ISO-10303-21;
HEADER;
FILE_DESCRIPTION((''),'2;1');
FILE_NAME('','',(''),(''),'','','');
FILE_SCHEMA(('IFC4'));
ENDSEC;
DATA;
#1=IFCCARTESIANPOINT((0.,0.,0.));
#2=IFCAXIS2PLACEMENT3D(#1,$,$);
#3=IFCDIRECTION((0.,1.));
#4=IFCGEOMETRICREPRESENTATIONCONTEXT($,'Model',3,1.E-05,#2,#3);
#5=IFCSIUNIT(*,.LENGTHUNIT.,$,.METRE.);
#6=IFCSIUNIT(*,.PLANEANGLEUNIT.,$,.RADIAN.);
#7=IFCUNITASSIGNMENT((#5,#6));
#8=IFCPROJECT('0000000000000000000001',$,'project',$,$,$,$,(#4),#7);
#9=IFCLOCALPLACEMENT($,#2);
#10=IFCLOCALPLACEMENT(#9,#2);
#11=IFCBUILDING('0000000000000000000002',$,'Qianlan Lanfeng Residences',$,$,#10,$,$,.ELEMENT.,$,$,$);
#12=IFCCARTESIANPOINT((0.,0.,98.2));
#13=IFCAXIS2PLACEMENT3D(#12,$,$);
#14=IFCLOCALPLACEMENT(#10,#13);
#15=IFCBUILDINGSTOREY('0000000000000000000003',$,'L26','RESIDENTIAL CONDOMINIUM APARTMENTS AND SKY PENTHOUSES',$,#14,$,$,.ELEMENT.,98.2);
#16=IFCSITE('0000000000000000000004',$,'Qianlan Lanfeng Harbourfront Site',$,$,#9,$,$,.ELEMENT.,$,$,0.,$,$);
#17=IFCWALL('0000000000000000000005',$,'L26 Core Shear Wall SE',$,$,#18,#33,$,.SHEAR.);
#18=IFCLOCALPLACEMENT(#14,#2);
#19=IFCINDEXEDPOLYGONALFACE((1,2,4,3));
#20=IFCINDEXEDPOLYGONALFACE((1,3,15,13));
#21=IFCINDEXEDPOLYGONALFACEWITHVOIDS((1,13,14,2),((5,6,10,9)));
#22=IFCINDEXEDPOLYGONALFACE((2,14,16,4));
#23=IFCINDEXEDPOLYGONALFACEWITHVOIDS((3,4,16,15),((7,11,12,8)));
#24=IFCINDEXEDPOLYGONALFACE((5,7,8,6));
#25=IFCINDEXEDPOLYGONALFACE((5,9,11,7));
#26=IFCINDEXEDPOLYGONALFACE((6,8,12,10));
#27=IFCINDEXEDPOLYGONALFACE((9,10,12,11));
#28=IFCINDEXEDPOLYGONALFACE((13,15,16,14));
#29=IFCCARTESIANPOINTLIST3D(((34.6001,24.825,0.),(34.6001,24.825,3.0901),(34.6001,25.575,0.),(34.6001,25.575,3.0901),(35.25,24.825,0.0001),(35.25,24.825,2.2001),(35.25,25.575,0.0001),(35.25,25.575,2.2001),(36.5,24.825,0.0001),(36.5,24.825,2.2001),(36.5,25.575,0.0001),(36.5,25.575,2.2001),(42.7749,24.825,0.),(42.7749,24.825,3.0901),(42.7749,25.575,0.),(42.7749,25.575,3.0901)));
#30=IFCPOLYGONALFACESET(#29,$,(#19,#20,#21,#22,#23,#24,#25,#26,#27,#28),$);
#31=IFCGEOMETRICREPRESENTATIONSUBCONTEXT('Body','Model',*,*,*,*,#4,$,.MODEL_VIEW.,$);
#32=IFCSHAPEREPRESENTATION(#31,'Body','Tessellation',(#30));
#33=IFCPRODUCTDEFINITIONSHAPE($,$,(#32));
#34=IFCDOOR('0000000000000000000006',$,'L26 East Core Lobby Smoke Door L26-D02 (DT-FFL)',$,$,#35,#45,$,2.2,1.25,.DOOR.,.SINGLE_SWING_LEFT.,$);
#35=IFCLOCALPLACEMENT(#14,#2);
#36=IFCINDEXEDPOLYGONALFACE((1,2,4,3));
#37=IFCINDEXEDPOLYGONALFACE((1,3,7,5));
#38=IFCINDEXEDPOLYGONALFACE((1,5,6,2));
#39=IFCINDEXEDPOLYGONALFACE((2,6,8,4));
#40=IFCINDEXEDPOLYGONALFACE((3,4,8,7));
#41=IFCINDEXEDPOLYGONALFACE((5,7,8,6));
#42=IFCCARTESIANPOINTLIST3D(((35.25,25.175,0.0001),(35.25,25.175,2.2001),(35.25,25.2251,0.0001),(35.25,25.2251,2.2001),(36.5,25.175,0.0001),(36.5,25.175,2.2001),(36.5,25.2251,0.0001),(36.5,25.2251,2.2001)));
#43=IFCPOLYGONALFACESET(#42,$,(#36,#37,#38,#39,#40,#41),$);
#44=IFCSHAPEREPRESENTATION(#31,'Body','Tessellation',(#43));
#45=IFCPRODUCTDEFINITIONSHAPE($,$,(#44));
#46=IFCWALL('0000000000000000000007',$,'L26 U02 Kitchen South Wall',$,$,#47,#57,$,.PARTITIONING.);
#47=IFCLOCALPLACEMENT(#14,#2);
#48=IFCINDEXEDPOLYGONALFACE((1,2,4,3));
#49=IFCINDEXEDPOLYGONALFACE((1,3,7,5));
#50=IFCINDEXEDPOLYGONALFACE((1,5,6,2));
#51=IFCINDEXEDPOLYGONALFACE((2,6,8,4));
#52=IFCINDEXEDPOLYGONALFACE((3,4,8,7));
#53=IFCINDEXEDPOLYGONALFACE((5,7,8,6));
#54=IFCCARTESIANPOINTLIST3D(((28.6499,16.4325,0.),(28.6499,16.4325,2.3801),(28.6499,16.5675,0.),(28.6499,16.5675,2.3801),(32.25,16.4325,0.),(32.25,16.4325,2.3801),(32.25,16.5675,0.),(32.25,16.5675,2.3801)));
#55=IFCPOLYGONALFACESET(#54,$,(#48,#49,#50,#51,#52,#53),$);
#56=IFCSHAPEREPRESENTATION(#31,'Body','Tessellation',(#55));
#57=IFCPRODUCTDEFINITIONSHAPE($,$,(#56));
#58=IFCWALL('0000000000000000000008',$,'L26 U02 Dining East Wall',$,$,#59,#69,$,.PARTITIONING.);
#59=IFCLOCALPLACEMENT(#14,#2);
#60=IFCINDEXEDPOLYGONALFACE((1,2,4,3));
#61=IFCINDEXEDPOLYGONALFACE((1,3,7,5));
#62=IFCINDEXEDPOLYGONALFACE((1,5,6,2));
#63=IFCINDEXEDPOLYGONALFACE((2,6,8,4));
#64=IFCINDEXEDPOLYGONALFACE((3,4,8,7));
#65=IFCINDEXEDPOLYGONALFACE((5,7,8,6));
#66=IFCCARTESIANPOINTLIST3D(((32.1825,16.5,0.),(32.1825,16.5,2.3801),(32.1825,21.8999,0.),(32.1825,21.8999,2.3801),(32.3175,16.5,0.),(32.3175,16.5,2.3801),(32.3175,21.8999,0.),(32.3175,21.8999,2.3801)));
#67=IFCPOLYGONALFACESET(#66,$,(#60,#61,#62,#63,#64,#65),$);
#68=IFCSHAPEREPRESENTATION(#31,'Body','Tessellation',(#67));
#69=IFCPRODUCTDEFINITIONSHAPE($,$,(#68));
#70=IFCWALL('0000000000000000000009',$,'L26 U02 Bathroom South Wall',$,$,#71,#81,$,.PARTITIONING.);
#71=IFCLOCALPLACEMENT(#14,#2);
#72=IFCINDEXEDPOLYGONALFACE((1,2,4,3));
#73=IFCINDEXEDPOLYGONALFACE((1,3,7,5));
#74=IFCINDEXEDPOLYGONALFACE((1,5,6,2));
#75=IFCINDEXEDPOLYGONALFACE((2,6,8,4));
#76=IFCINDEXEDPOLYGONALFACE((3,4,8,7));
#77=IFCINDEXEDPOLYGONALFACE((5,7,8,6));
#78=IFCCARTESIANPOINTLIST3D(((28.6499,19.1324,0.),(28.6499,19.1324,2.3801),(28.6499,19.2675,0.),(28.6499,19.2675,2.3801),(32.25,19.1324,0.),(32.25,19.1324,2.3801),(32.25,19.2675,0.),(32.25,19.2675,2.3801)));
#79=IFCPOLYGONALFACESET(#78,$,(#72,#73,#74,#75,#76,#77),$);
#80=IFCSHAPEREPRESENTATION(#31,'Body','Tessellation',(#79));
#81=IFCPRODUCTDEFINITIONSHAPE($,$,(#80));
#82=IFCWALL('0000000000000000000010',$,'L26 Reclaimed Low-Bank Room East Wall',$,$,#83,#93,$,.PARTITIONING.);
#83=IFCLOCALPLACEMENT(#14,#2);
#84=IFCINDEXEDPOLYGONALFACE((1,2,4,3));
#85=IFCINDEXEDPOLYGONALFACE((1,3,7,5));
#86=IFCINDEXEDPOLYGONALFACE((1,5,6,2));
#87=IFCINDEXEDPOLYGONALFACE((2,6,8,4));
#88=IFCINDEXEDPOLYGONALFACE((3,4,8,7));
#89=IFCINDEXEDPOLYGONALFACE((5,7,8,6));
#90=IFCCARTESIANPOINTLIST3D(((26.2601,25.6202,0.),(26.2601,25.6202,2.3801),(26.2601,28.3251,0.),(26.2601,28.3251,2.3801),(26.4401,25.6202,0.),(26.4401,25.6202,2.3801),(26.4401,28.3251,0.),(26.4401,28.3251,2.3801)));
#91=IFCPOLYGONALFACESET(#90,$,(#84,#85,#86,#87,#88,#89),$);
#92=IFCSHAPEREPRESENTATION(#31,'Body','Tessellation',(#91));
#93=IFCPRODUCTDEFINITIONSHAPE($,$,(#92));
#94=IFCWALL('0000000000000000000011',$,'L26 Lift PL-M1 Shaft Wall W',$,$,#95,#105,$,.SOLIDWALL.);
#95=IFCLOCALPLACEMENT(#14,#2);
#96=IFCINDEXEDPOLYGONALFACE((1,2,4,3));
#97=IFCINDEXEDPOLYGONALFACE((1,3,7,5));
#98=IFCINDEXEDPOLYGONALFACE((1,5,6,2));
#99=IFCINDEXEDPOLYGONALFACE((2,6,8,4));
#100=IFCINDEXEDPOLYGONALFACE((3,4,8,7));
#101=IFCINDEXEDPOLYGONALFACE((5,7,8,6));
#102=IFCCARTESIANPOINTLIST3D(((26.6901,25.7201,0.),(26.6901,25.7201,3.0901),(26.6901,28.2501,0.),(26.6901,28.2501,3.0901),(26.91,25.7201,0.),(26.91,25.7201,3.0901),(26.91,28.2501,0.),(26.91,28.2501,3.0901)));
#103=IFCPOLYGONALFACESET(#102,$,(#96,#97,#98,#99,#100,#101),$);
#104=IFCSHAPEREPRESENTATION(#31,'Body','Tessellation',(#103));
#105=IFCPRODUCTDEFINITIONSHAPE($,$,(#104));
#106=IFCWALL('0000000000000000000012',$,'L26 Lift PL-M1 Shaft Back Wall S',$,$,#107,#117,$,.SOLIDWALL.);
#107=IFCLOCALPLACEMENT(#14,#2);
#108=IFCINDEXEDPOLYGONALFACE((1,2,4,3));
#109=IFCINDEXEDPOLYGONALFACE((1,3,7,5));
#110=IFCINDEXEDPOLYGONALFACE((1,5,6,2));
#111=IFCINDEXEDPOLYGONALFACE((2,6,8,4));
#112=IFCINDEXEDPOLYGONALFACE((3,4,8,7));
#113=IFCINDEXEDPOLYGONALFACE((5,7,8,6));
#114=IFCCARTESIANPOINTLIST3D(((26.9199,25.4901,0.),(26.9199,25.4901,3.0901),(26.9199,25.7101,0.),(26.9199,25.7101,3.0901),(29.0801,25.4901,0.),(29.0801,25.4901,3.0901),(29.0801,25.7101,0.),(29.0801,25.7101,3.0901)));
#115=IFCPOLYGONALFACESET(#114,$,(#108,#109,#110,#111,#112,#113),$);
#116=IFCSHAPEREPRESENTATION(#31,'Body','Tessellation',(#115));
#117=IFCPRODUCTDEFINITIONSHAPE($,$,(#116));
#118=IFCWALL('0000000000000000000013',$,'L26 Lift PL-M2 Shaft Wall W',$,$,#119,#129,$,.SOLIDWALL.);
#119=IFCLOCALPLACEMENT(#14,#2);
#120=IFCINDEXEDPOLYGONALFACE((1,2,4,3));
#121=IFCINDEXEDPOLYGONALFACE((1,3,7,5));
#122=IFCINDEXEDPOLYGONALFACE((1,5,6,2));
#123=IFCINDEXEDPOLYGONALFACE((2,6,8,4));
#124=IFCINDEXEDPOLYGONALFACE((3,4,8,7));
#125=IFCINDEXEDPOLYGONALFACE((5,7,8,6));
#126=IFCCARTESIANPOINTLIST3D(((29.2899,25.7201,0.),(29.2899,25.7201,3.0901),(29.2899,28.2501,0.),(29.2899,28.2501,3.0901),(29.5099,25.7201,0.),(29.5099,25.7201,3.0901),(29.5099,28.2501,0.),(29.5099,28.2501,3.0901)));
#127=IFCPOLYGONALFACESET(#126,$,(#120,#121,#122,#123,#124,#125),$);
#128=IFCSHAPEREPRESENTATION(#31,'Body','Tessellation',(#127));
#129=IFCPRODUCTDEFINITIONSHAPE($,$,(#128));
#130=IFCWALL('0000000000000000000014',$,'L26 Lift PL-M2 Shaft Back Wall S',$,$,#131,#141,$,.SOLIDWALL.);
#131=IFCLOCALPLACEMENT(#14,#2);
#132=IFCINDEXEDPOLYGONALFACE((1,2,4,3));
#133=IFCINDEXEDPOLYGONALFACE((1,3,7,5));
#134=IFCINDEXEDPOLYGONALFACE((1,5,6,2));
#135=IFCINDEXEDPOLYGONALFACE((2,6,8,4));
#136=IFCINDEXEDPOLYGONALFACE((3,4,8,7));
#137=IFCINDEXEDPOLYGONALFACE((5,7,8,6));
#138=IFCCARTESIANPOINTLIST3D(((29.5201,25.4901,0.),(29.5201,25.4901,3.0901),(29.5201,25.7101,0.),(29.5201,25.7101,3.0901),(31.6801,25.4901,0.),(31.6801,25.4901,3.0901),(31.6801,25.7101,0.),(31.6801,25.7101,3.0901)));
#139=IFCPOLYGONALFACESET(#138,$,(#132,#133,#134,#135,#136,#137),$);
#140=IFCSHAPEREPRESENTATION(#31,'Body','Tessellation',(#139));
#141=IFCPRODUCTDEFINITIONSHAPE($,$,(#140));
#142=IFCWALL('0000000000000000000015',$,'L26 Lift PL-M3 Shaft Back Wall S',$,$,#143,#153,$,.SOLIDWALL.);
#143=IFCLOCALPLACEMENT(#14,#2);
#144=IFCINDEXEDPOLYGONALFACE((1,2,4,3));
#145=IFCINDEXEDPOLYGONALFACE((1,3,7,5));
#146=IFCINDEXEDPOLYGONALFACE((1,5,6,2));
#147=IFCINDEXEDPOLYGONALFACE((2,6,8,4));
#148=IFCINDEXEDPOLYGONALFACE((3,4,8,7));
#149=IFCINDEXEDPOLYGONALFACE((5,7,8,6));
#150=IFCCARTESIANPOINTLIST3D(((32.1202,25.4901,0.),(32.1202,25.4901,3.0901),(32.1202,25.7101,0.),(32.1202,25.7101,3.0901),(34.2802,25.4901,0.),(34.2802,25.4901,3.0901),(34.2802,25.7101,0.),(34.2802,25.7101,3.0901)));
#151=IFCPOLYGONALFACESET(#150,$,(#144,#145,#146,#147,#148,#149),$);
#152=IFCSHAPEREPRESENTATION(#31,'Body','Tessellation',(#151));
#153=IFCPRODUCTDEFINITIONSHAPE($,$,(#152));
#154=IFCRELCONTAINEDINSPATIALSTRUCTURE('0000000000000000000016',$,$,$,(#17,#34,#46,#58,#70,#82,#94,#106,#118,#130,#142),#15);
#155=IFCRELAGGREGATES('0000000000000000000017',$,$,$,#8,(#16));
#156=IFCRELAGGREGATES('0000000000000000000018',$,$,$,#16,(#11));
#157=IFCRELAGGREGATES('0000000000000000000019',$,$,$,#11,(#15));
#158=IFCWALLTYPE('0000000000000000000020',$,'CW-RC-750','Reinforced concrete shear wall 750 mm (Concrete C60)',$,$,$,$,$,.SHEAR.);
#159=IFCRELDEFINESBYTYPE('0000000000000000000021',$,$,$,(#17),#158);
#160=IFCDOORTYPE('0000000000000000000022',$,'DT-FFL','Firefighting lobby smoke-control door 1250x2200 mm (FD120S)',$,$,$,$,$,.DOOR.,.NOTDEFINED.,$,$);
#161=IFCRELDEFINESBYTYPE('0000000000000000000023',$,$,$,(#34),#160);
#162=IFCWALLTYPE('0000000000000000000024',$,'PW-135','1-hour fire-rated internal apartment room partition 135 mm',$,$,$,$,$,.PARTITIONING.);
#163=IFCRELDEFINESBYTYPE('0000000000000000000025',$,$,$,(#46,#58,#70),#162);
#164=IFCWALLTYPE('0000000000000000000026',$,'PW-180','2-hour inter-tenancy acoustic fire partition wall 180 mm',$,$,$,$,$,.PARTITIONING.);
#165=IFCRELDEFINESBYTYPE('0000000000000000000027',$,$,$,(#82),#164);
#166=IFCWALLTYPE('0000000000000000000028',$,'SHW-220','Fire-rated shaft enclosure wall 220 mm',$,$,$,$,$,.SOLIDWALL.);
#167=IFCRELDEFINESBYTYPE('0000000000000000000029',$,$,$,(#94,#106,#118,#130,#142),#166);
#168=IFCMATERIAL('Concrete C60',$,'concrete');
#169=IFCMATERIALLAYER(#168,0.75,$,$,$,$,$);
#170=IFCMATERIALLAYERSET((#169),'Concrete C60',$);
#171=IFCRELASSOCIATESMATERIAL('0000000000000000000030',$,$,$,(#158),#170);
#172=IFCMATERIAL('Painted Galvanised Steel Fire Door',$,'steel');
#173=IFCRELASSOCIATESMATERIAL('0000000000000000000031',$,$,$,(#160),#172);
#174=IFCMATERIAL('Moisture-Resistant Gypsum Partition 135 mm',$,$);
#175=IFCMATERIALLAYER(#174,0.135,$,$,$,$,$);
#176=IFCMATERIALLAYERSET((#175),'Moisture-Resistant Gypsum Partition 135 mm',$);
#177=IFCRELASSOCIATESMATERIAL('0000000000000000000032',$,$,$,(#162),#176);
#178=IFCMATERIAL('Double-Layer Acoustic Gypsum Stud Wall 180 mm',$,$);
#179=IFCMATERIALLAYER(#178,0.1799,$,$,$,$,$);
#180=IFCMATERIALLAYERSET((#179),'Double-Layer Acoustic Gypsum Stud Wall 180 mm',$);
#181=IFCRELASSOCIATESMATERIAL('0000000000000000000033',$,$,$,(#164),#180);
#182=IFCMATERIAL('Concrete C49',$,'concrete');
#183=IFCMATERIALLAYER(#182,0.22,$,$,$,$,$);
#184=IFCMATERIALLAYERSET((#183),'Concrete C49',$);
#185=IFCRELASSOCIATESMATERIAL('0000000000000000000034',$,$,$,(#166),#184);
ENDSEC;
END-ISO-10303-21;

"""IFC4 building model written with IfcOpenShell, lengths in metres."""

from ifc_helpers import new_model, si_unit, direction, frame, frame_2d, origin, place, context, subcontext, project, spatial, rectangle, extrude, material, layer, layer_set, type_object, element, fill, save


model = new_model("IFC4")

# Units and contexts
model_context = context("Model", 3, precision=1e-05, world=origin(), true_north=direction((0.0, 1.0)))
body_context = subcontext(model_context, "Body", "Model", "MODEL_VIEW")
ifc_project = project(units=[si_unit("LENGTHUNIT", "METRE"), si_unit("PLANEANGLEUNIT", "RADIAN")], contexts=[model_context])

# Site, building, storey
site_placement = place(None, origin())
site = spatial("IfcSite", under=ifc_project, at=site_placement, Name="Qianlan Lanfeng Harbourfront Site", CompositionType="ELEMENT", RefElevation=0.0)
building_placement = place(site_placement, origin())
building = spatial("IfcBuilding", under=site, at=building_placement, Name="Qianlan Lanfeng Residences", CompositionType="ELEMENT")
storey_placement = place(building_placement, frame((0.0, 0.0, 98.2)))
storey = spatial("IfcBuildingStorey", under=building, at=storey_placement, Name="L26", Description="RESIDENTIAL CONDOMINIUM APARTMENTS AND SKY PENTHOUSES", CompositionType="ELEMENT", Elevation=98.2)

# Wall, opening, door
ifc_material_1 = material(Name="Concrete C60", Category="concrete")
ifc_layer_1 = layer(ifc_material_1, 0.75)
ifc_layer_set_1 = layer_set([ifc_layer_1], Name="Concrete C60")
wall_type_1 = type_object("IfcWallType", Name="CW-RC-750", Description="Reinforced concrete shear wall 750 mm (Concrete C60)", PredefinedType="SHEAR", material=ifc_layer_set_1)
wall_1_placement = place(storey_placement, frame((34.6001, 25.2, 0.0), z_axis=(0.0, 0.0, 1.0), x_axis=(1.0, 0.0, 0.0)))
wall_1 = element("IfcWall", 1, at=wall_1_placement, inside=storey, type_object=wall_type_1, Name="L26 Core Shear Wall SE", PredefinedType="SHEAR", context=body_context, shape_type="SweptSolid", body=[
    extrude(rectangle(XDim=8.1748, YDim=0.75, at=frame_2d((4.0874, 0.0))), origin(), (0.0, 0.0, 1.0), 3.0901),
])
opening_1_placement = place(wall_1_placement, frame((0.6499, 0.0, 0.0)))
opening_1 = element("IfcOpeningElement", 2, at=opening_1_placement, cuts=wall_1, PredefinedType="OPENING", context=body_context, shape_type="SweptSolid", body=[
    extrude(rectangle(XDim=1.25, YDim=2.2, at=frame_2d((0.625, 1.1001))), frame((0.0, 0.385, 0.0), z_axis=(0.0, -1.0, 0.0), x_axis=(1.0, 0.0, 0.0)), (0.0, 0.0, 1.0), 0.77),
])
ifc_material_2 = material(Name="Painted Galvanised Steel Fire Door", Category="steel")
door_type_1 = type_object("IfcDoorType", Name="DT-FFL", Description="Firefighting lobby smoke-control door 1250x2200 mm (FD120S)", OperationType="NOTDEFINED", PredefinedType="DOOR", material=ifc_material_2)
door_1_placement = place(opening_1_placement, frame((1.25, 0.0, 0.0), z_axis=(0.0, 0.0, 1.0), x_axis=(-1.0, 0.0, 0.0)))
door_1 = element("IfcDoor", 3, at=door_1_placement, inside=storey, type_object=door_type_1, Name="L26 East Core Lobby Smoke Door L26-D02 (DT-FFL)", OperationType="SINGLE_SWING_LEFT", OverallHeight=2.2, OverallWidth=1.25, PredefinedType="DOOR", context=body_context, shape_type="SweptSolid", body=[
    extrude(rectangle(XDim=1.25, YDim=2.2, at=frame_2d((0.625, 1.1001))), frame((0.0, 0.0249, 0.0), z_axis=(0.0, -1.0, 0.0), x_axis=(1.0, 0.0, 0.0)), (0.0, 0.0, 1.0), 0.05),
])
fill(opening_1, door_1)

# Walls
ifc_material_3 = material(Name="Moisture-Resistant Gypsum Partition 135 mm")
ifc_layer_2 = layer(ifc_material_3, 0.135)
ifc_layer_set_2 = layer_set([ifc_layer_2], Name="Moisture-Resistant Gypsum Partition 135 mm")
wall_type_2 = type_object("IfcWallType", Name="PW-135", Description="1-hour fire-rated internal apartment room partition 135 mm", PredefinedType="PARTITIONING", material=ifc_layer_set_2)
wall_2_placement = place(storey_placement, frame((28.6499, 16.5, 0.0), z_axis=(0.0, 0.0, 1.0), x_axis=(1.0, 0.0, 0.0)))
element("IfcWall", 4, at=wall_2_placement, inside=storey, type_object=wall_type_2, Name="L26 U02 Kitchen South Wall", PredefinedType="PARTITIONING", context=body_context, shape_type="SweptSolid", body=[
    extrude(rectangle(XDim=3.6001, YDim=0.135, at=frame_2d((1.8, 0.0))), origin(), (0.0, 0.0, 1.0), 2.3801),
])
wall_3_placement = place(storey_placement, frame((32.25, 16.5, 0.0), z_axis=(0.0, 0.0, 1.0), x_axis=(0.0, 1.0, 0.0)))
element("IfcWall", 5, at=wall_3_placement, inside=storey, type_object=wall_type_2, Name="L26 U02 Dining East Wall", PredefinedType="PARTITIONING", context=body_context, shape_type="SweptSolid", body=[
    extrude(rectangle(XDim=5.3999, YDim=0.135, at=frame_2d((2.7, 0.0))), origin(), (0.0, 0.0, 1.0), 2.3801),
])
wall_4_placement = place(storey_placement, frame((28.6499, 19.2, 0.0), z_axis=(0.0, 0.0, 1.0), x_axis=(1.0, 0.0, 0.0)))
element("IfcWall", 6, at=wall_4_placement, inside=storey, type_object=wall_type_2, Name="L26 U02 Bathroom South Wall", PredefinedType="PARTITIONING", context=body_context, shape_type="SweptSolid", body=[
    extrude(rectangle(XDim=3.6001, YDim=0.135, at=frame_2d((1.8, 0.0))), origin(), (0.0, 0.0, 1.0), 2.3801),
])

# Shared definitions
ifc_material_4 = material(Name="Double-Layer Acoustic Gypsum Stud Wall 180 mm")
ifc_layer_3 = layer(ifc_material_4, 0.1799)
ifc_layer_set_3 = layer_set([ifc_layer_3], Name="Double-Layer Acoustic Gypsum Stud Wall 180 mm")
wall_type_3 = type_object("IfcWallType", Name="PW-180", Description="2-hour inter-tenancy acoustic fire partition wall 180 mm", PredefinedType="PARTITIONING", material=ifc_layer_set_3)

# Walls
wall_5_placement = place(storey_placement, frame((26.3501, 25.6201, 0.0), z_axis=(0.0, 0.0, 1.0), x_axis=(0.0, 1.0, 0.0)))
element("IfcWall", 7, at=wall_5_placement, inside=storey, type_object=wall_type_3, Name="L26 Reclaimed Low-Bank Room East Wall", PredefinedType="PARTITIONING", context=body_context, shape_type="SweptSolid", body=[
    extrude(rectangle(XDim=2.7048, YDim=0.1799, at=frame_2d((1.3525, 0.0))), origin(), (0.0, 0.0, 1.0), 2.3801),
])
ifc_material_5 = material(Name="Concrete C49", Category="concrete")
ifc_layer_4 = layer(ifc_material_5, 0.22)
ifc_layer_set_4 = layer_set([ifc_layer_4], Name="Concrete C49")
wall_type_4 = type_object("IfcWallType", Name="SHW-220", Description="Fire-rated shaft enclosure wall 220 mm", PredefinedType="SOLIDWALL", material=ifc_layer_set_4)
wall_6_placement = place(storey_placement, frame((26.8, 25.72, 0.0), z_axis=(0.0, 0.0, 1.0), x_axis=(0.0, 1.0, 0.0)))
element("IfcWall", 8, at=wall_6_placement, inside=storey, type_object=wall_type_4, Name="L26 Lift PL-M1 Shaft Wall W", PredefinedType="SOLIDWALL", context=body_context, shape_type="SweptSolid", body=[
    extrude(rectangle(XDim=2.53, YDim=0.22, at=frame_2d((1.2651, 0.0))), origin(), (0.0, 0.0, 1.0), 3.0901),
])
wall_7_placement = place(storey_placement, frame((26.9199, 25.6001, 0.0), z_axis=(0.0, 0.0, 1.0), x_axis=(1.0, 0.0, 0.0)))
element("IfcWall", 9, at=wall_7_placement, inside=storey, type_object=wall_type_4, Name="L26 Lift PL-M1 Shaft Back Wall S", PredefinedType="SOLIDWALL", context=body_context, shape_type="SweptSolid", body=[
    extrude(rectangle(XDim=2.1602, YDim=0.22, at=frame_2d((1.0801, 0.0))), origin(), (0.0, 0.0, 1.0), 3.0901),
])
wall_8_placement = place(storey_placement, frame((29.3999, 25.72, 0.0), z_axis=(0.0, 0.0, 1.0), x_axis=(0.0, 1.0, 0.0)))
element("IfcWall", 10, at=wall_8_placement, inside=storey, type_object=wall_type_4, Name="L26 Lift PL-M2 Shaft Wall W", PredefinedType="SOLIDWALL", context=body_context, shape_type="SweptSolid", body=[
    extrude(rectangle(XDim=2.53, YDim=0.22, at=frame_2d((1.2651, 0.0))), origin(), (0.0, 0.0, 1.0), 3.0901),
])
for number, where, z_axis, x_axis, name in (
    (11, (29.52, 25.6001, 0.0), (0.0, 0.0, 1.0), (1.0, 0.0, 0.0), "L26 Lift PL-M2 Shaft Back Wall S"),
    (12, (32.1201, 25.6001, 0.0), (0.0, 0.0, 1.0), (1.0, 0.0, 0.0), "L26 Lift PL-M3 Shaft Back Wall S"),
):
    element("IfcWall", number, at=place(storey_placement, frame(where, z_axis=z_axis, x_axis=x_axis)), inside=storey, type_object=wall_type_4, Name=name, PredefinedType="SOLIDWALL", context=body_context, shape_type="SweptSolid", body=[
        extrude(rectangle(XDim=2.1599, YDim=0.22, at=frame_2d((1.0801, 0.0))), origin(), (0.0, 0.0, 1.0), 3.0901),
    ])

save(model, "model.ifc")
